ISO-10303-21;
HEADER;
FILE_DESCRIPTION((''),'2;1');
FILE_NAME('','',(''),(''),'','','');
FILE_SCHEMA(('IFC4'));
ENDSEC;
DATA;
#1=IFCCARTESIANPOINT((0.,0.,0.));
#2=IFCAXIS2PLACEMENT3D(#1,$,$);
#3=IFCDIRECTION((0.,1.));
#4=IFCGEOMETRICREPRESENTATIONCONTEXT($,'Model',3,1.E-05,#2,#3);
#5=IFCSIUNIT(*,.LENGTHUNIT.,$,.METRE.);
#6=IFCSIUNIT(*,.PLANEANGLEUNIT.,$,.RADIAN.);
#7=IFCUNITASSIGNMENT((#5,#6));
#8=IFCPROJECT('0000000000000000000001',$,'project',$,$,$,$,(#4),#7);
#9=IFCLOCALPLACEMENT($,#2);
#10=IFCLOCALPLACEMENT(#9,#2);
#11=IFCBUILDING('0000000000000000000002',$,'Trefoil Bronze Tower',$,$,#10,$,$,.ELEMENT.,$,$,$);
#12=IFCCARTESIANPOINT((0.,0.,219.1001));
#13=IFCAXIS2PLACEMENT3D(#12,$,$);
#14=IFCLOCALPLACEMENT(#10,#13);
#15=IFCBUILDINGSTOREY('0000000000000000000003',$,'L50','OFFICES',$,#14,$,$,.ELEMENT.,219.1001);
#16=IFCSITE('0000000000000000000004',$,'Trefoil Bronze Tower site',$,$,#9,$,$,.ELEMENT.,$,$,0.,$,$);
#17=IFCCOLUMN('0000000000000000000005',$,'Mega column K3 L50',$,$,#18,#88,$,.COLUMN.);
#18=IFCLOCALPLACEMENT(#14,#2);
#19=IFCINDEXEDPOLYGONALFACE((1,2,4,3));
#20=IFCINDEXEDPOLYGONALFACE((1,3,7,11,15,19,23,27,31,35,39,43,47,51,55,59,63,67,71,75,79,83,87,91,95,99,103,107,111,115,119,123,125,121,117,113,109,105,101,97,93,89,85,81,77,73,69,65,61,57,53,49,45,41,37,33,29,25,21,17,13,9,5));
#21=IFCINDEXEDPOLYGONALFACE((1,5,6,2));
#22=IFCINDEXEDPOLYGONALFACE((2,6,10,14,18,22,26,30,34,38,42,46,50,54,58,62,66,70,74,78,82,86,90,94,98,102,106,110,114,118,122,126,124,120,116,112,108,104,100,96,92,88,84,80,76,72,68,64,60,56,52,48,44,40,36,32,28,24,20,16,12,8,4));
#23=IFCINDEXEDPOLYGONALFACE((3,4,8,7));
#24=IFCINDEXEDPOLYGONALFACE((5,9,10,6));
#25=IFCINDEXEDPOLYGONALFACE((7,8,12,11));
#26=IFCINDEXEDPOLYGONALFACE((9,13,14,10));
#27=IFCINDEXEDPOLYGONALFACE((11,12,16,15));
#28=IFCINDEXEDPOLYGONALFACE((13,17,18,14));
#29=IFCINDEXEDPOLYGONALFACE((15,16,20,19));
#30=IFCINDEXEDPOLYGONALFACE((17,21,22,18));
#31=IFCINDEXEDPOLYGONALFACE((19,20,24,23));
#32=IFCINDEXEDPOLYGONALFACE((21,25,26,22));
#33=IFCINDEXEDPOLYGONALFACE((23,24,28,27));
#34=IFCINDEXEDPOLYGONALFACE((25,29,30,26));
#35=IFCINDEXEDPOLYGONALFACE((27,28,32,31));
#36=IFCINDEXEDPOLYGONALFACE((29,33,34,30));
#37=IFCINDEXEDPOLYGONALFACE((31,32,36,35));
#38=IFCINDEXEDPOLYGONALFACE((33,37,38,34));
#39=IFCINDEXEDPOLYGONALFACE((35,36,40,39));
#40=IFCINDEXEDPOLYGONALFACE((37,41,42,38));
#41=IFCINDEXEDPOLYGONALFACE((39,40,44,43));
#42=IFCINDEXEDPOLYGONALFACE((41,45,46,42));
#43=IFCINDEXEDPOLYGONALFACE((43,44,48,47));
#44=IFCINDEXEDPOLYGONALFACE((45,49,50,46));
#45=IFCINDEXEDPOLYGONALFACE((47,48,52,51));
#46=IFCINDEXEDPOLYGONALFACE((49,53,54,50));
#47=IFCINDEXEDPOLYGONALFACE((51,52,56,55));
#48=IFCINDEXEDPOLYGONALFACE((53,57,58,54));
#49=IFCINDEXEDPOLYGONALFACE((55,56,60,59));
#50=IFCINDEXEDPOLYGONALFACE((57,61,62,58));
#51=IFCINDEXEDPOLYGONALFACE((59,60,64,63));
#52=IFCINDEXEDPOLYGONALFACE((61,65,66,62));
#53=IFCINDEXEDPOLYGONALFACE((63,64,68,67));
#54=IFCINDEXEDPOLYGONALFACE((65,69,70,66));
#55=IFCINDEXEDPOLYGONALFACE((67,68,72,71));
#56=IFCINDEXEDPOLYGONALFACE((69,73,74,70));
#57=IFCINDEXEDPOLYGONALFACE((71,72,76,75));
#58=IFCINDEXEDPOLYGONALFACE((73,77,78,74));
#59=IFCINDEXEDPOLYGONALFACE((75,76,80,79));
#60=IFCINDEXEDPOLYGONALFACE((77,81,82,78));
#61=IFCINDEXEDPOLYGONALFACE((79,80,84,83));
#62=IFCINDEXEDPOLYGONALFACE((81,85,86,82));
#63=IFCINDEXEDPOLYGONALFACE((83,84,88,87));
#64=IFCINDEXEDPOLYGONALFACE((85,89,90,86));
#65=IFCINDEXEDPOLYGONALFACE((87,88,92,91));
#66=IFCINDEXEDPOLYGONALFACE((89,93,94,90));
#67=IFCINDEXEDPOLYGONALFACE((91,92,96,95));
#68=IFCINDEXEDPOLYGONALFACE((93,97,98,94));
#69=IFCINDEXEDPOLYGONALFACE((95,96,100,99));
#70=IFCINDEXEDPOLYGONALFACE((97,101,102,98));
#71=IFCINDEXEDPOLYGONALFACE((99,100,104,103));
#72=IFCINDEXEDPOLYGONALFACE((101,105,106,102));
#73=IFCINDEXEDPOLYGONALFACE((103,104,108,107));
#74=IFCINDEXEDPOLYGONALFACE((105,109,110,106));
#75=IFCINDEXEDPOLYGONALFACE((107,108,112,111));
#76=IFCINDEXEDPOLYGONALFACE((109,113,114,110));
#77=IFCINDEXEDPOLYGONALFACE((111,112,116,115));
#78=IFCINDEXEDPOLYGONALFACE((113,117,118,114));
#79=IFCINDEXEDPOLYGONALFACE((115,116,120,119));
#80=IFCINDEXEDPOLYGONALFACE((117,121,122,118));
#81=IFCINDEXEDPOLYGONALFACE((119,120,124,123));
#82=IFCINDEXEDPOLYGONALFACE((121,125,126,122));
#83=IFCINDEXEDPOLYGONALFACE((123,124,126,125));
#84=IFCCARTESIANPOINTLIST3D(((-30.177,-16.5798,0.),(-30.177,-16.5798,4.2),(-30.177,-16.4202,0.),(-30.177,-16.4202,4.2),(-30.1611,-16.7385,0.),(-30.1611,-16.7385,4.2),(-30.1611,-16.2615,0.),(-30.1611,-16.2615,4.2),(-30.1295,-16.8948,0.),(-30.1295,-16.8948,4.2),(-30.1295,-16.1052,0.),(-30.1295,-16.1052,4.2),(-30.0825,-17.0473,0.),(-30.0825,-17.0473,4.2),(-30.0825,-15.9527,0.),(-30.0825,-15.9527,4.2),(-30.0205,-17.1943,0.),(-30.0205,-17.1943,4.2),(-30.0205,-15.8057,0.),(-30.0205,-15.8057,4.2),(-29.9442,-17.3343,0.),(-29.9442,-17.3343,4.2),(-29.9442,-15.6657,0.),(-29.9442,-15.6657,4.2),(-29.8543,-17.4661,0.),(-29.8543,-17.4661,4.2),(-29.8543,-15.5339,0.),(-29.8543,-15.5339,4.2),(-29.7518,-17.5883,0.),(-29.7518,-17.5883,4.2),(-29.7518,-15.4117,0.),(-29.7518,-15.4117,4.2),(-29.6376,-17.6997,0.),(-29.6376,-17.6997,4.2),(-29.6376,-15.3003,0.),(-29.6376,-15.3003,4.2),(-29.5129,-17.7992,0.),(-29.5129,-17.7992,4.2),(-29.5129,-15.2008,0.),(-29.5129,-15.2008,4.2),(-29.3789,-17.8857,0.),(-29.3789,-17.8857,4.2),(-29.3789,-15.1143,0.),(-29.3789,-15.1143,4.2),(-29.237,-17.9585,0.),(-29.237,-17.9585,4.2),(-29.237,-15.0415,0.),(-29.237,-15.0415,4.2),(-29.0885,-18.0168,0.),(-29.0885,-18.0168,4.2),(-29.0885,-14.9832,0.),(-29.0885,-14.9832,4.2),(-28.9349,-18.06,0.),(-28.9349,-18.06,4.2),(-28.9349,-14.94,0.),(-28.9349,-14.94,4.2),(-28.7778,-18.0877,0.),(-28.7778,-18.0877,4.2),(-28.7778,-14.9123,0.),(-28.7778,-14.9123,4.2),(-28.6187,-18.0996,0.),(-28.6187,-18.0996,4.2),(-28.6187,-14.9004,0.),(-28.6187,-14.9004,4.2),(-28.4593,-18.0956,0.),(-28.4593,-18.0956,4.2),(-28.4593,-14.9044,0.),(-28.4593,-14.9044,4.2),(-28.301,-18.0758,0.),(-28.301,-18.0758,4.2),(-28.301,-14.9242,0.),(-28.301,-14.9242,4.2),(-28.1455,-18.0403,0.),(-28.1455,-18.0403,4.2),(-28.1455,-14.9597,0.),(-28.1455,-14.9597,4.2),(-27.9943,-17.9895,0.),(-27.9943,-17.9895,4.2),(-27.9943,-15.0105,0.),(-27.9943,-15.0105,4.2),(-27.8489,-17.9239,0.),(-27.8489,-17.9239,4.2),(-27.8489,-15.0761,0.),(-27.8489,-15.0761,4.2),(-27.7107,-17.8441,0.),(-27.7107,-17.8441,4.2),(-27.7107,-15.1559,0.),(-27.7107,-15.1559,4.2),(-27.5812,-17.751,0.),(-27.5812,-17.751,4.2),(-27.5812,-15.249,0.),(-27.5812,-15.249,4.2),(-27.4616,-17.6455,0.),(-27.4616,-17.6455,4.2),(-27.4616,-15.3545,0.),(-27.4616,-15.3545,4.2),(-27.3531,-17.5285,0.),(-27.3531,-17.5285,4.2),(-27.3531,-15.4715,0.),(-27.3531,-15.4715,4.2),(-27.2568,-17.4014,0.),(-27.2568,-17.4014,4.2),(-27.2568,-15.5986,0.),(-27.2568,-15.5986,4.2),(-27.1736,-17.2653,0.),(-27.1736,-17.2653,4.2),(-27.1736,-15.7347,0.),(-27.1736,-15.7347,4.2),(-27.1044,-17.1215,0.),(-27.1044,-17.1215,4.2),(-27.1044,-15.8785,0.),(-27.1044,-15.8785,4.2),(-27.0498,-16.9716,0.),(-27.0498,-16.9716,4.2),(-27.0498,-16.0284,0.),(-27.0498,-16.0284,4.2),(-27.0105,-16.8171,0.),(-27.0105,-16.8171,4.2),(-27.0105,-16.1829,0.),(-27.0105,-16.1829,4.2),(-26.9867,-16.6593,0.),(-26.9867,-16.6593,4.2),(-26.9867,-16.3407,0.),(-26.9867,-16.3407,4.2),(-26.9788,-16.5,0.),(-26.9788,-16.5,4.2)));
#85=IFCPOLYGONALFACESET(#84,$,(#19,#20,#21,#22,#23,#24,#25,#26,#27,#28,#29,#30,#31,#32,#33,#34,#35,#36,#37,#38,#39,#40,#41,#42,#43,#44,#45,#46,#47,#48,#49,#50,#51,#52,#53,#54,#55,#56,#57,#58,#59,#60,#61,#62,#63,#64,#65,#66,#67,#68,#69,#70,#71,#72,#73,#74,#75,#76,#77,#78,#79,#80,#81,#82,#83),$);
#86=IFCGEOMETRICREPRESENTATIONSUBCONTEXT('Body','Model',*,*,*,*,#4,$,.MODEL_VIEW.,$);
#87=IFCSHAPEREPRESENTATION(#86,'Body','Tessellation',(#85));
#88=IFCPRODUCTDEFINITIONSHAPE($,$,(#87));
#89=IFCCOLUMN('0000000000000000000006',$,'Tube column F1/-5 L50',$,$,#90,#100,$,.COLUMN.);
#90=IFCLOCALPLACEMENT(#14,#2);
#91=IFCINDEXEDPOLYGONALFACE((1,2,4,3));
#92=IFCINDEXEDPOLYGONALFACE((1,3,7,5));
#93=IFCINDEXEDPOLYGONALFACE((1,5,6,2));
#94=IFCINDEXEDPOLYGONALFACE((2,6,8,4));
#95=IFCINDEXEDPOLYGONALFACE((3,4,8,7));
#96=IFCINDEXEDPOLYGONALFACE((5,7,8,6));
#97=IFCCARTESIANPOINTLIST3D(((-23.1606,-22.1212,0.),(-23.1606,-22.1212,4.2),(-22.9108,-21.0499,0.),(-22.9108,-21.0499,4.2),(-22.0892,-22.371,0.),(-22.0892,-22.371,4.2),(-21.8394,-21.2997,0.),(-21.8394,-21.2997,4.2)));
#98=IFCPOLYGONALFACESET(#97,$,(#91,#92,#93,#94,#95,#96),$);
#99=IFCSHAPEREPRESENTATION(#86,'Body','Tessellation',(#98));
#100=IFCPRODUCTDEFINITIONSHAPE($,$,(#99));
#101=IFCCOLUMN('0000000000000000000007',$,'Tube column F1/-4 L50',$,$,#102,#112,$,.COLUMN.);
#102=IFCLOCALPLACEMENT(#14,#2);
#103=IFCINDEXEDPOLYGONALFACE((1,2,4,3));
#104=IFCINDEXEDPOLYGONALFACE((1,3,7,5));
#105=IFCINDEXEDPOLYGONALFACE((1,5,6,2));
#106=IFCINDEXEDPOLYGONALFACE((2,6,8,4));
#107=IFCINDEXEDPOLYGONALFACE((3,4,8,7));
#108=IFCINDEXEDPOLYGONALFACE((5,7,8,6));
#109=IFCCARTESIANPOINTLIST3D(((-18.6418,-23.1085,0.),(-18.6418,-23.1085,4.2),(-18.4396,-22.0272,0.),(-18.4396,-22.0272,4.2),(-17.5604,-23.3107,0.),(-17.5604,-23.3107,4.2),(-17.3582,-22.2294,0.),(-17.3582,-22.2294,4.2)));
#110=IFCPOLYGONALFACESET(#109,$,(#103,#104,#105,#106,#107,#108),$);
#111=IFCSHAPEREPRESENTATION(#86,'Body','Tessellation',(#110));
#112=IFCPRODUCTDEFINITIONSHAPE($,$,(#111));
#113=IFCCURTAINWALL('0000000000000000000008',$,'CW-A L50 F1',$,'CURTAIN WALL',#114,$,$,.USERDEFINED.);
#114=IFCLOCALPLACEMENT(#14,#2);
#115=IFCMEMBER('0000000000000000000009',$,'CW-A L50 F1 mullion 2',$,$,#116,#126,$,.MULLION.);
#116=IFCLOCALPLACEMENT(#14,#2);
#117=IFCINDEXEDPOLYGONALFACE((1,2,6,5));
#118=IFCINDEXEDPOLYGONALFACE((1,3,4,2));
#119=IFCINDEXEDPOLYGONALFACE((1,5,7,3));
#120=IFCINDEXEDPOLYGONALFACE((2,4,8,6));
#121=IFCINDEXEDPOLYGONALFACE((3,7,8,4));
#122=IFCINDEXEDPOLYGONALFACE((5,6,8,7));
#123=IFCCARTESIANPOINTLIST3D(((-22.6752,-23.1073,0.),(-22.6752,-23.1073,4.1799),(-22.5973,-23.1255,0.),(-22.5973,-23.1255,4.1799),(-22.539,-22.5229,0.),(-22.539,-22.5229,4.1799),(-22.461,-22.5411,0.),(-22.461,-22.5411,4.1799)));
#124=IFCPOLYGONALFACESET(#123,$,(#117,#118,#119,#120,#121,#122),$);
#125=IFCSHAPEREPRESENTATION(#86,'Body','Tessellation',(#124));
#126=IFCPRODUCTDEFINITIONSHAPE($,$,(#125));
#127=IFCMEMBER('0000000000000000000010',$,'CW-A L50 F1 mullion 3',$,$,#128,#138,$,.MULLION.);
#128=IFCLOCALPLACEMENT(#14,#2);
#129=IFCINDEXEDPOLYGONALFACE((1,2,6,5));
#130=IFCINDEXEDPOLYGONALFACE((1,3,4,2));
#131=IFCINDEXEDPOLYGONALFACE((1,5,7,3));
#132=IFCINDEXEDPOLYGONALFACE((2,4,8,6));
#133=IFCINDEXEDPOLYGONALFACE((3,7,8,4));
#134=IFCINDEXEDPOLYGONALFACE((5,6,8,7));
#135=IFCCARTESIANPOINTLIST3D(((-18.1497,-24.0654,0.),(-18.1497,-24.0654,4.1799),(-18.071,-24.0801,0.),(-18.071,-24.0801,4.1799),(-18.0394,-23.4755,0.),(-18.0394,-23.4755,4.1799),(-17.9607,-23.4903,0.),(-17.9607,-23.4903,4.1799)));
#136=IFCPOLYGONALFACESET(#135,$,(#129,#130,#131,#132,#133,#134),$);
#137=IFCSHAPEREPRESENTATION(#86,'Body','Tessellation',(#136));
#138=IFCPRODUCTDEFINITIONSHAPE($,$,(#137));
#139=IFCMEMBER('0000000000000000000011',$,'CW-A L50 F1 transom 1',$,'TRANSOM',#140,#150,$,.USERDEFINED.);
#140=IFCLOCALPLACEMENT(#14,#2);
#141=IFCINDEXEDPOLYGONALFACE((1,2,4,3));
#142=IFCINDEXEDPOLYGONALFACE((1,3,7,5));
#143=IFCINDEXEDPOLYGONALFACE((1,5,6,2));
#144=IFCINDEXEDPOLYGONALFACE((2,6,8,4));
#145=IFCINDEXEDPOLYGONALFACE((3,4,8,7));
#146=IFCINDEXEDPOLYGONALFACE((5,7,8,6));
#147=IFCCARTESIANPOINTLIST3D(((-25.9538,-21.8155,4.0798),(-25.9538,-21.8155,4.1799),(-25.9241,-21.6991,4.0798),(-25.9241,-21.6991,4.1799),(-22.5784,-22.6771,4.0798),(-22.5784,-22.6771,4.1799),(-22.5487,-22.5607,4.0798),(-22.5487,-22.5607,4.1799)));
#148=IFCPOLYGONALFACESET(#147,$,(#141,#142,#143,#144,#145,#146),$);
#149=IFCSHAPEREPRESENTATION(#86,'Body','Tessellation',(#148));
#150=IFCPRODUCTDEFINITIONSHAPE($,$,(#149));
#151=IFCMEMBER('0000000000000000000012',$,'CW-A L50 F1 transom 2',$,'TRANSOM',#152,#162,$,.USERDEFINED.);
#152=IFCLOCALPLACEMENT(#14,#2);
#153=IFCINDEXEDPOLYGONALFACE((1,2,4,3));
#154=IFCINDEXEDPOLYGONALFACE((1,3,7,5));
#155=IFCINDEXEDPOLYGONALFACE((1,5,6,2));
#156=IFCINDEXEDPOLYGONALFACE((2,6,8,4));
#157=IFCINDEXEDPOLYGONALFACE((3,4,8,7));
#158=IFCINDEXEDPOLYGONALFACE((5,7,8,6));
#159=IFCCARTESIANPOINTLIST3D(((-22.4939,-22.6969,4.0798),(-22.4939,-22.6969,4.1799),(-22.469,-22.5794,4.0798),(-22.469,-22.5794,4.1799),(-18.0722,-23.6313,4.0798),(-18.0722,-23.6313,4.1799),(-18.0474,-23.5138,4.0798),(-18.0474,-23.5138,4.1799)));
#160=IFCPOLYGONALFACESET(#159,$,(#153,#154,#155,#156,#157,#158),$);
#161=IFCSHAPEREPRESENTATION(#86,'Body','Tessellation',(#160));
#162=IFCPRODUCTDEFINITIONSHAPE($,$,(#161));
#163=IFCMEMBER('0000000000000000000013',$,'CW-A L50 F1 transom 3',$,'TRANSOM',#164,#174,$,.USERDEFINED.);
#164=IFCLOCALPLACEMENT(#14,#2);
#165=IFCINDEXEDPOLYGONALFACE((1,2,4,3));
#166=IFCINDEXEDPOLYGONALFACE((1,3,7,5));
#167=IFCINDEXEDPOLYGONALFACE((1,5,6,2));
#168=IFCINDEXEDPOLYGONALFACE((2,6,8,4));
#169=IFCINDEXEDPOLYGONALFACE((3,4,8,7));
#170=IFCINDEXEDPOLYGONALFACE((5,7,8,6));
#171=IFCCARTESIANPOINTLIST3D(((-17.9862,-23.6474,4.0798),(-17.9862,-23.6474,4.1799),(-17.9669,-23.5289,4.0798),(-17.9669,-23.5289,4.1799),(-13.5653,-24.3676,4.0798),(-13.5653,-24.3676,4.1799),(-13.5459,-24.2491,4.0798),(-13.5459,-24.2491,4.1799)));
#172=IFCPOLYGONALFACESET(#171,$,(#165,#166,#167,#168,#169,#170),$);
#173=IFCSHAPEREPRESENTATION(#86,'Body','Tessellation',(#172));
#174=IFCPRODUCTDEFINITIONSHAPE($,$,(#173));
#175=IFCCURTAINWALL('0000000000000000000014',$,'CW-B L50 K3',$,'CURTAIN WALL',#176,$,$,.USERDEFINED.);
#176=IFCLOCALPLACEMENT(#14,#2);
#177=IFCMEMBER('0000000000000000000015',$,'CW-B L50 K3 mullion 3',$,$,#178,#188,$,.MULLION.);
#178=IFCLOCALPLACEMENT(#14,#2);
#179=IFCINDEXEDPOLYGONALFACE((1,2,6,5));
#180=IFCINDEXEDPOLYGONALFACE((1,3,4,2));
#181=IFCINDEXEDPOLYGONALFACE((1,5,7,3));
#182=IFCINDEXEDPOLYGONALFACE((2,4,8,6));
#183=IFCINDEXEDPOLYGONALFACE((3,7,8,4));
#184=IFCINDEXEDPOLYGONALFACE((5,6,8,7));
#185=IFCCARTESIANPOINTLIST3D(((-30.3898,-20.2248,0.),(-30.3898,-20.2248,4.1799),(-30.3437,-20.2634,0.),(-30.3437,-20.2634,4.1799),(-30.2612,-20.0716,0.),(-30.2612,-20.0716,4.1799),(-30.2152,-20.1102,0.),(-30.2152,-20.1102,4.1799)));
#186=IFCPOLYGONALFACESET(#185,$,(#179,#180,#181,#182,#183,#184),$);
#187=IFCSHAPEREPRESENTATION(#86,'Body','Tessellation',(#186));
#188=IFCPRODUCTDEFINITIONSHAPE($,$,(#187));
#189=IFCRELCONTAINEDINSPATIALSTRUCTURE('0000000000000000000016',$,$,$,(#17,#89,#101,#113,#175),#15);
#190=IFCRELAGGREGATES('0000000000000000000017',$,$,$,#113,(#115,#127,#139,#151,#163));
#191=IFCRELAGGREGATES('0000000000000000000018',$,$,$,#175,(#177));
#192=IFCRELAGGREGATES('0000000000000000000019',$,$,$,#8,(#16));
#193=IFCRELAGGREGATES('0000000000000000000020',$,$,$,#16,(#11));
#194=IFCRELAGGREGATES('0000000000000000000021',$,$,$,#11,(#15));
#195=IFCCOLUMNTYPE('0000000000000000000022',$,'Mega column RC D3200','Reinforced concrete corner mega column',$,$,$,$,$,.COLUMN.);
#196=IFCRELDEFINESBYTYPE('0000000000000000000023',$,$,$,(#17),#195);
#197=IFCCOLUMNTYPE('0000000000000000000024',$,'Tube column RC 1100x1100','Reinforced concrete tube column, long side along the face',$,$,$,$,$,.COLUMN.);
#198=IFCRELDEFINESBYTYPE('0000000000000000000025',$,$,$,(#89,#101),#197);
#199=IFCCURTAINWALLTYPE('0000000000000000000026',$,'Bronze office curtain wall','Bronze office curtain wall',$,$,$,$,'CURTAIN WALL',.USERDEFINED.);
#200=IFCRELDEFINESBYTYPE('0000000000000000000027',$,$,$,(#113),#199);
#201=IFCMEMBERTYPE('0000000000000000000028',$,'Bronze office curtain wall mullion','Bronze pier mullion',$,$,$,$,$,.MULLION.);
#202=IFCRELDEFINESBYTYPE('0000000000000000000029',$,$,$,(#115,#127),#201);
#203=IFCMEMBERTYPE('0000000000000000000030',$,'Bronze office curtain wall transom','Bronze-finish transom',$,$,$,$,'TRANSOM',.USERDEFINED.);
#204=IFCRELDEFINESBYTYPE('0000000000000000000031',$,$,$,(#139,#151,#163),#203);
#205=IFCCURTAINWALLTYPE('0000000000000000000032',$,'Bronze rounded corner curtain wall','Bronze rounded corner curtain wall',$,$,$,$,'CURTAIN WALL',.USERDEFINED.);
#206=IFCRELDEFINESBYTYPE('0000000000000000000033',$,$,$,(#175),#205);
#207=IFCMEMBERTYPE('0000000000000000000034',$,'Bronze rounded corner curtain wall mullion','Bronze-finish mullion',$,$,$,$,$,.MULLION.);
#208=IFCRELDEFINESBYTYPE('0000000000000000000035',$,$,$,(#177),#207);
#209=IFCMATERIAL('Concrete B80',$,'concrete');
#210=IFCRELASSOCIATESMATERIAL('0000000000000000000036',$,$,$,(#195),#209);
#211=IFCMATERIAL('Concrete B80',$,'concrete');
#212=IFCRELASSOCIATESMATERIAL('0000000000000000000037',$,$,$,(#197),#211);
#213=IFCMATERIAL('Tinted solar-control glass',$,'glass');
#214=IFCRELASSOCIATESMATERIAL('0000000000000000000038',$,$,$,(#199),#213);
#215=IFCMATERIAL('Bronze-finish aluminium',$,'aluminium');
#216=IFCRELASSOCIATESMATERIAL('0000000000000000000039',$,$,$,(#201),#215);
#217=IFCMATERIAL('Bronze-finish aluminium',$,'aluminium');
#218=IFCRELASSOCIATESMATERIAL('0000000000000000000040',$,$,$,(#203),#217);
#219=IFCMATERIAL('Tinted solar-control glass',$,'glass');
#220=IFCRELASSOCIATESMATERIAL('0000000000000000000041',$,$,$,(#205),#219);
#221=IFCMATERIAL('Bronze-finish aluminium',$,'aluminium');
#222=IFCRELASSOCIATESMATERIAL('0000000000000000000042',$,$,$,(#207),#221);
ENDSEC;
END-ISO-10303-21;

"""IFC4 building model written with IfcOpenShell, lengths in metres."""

from ifc_helpers import new_model, si_unit, direction, frame, origin, origin_2d, place, context, subcontext, project, spatial, rectangle, circle, extrude, material, material_profile, profile_set, type_object, element, aggregate, save


model = new_model("IFC4")

# Units and contexts
model_context = context("Model", 3, precision=1e-05, world=origin(), true_north=direction((0.0, 1.0)))
body_context = subcontext(model_context, "Body", "Model", "MODEL_VIEW")
ifc_project = project(units=[si_unit("LENGTHUNIT", "METRE"), si_unit("PLANEANGLEUNIT", "RADIAN")], contexts=[model_context])

# Site, building, storey
site_placement = place(None, origin())
site = spatial("IfcSite", under=ifc_project, at=site_placement, Name="Trefoil Bronze Tower site", CompositionType="ELEMENT", RefElevation=0.0)
building_placement = place(site_placement, origin())
building = spatial("IfcBuilding", under=site, at=building_placement, Name="Trefoil Bronze Tower", CompositionType="ELEMENT")
storey_placement = place(building_placement, frame((0.0, 0.0, 219.1001)))
storey = spatial("IfcBuildingStorey", under=building, at=storey_placement, Name="L50", Description="OFFICES", CompositionType="ELEMENT", Elevation=219.1001)

# Columns
ifc_material_1 = material(Name="Concrete B80", Category="concrete")
ifc_material_profile_1 = material_profile(ifc_material_1, circle(Radius=1.6001, at=origin_2d()), Name="RC D3200")
ifc_profile_set_1 = profile_set([ifc_material_profile_1], Name="Concrete B80")
column_type_1 = type_object("IfcColumnType", Name="Mega column RC D3200", Description="Reinforced concrete corner mega column", PredefinedType="COLUMN", material=ifc_profile_set_1)
column_placement = place(storey_placement, frame((-28.5789, -16.5, 0.0), z_axis=(0.0, 0.0, 1.0), x_axis=(1.0, 0.0, 0.0)))
element("IfcColumn", 1, at=column_placement, inside=storey, type_object=column_type_1, Name="Mega column K3 L50", PredefinedType="COLUMN", context=body_context, shape_type="SweptSolid", body=[
    extrude(circle(Radius=1.6001, at=origin_2d()), origin(), (0.0, 0.0, 1.0), 4.2),
])
ifc_material_2 = material(Name="Concrete B80", Category="concrete")
ifc_material_profile_2 = material_profile(ifc_material_2, rectangle(XDim=1.1001, YDim=1.1001, at=origin_2d()), Name="RC 1100x1100")
ifc_profile_set_2 = profile_set([ifc_material_profile_2], Name="Concrete B80")
column_type_2 = type_object("IfcColumnType", Name="Tube column RC 1100x1100", Description="Reinforced concrete tube column, long side along the face", PredefinedType="COLUMN", material=ifc_profile_set_2)
for number, where, z_axis, x_axis, name in (
    (2, (-22.5, -21.7104, 0.0), (0.0, 0.0, 1.0), (0.973875, -0.227083, 0.0), "Tube column F1/-5 L50"),
    (3, (-18.0, -22.6689, 0.0), (0.0, 0.0, 1.0), (0.982959, -0.183825, 0.0), "Tube column F1/-4 L50"),
):
    element("IfcColumn", number, at=place(storey_placement, frame(where, z_axis=z_axis, x_axis=x_axis)), inside=storey, type_object=column_type_2, Name=name, PredefinedType="COLUMN", context=body_context, shape_type="SweptSolid", body=[
        extrude(rectangle(XDim=1.1001, YDim=1.1001, at=origin_2d()), origin(), (0.0, 0.0, 1.0), 4.2),
    ])

# Curtain walls, members
ifc_material_3 = material(Name="Tinted solar-control glass", Category="glass")
curtain_wall_type_1 = type_object("IfcCurtainWallType", Name="Bronze office curtain wall", Description="Bronze office curtain wall", ElementType="CURTAIN WALL", PredefinedType="USERDEFINED", material=ifc_material_3)
curtain_wall_1_placement = place(storey_placement, origin())
curtain_wall_1 = element("IfcCurtainWall", 4, at=curtain_wall_1_placement, inside=storey, type_object=curtain_wall_type_1, Name="CW-A L50 F1", ObjectType="CURTAIN WALL", PredefinedType="USERDEFINED")
ifc_material_4 = material(Name="Bronze-finish aluminium", Category="aluminium")
ifc_material_profile_3 = material_profile(ifc_material_4, rectangle(XDim=0.6001, YDim=0.0801, at=origin_2d()), Name="CW-A mullion")
ifc_profile_set_3 = profile_set([ifc_material_profile_3], Name="Bronze-finish aluminium")
member_type_1 = type_object("IfcMemberType", Name="Bronze office curtain wall mullion", Description="Bronze pier mullion", PredefinedType="MULLION", material=ifc_profile_set_3)
member_1_placement = place(storey_placement, frame((-22.5681, -22.8242, 0.0), z_axis=(0.0, 0.0, 1.0), x_axis=(0.227083, 0.973875, 0.0)))
member_1 = element("IfcMember", 5, at=member_1_placement, type_object=member_type_1, Name="CW-A L50 F1 mullion 2", PredefinedType="MULLION", context=body_context, shape_type="SweptSolid", body=[
    extrude(rectangle(XDim=0.6001, YDim=0.0801, at=origin_2d()), origin(), (0.0, 0.0, 1.0), 4.1799),
])
member_2_placement = place(storey_placement, frame((-18.0552, -23.7778, 0.0), z_axis=(0.0, 0.0, 1.0), x_axis=(0.183825, 0.982959, 0.0)))
member_2 = element("IfcMember", 6, at=member_2_placement, type_object=member_type_1, Name="CW-A L50 F1 mullion 3", PredefinedType="MULLION", context=body_context, shape_type="SweptSolid", body=[
    extrude(rectangle(XDim=0.6001, YDim=0.0801, at=origin_2d()), origin(), (0.0, 0.0, 1.0), 4.1799),
])
ifc_material_5 = material(Name="Bronze-finish aluminium", Category="aluminium")
ifc_material_profile_4 = material_profile(ifc_material_5, rectangle(XDim=0.1201, YDim=0.1001, at=origin_2d()), Name="CW-A transom")
ifc_profile_set_4 = profile_set([ifc_material_profile_4], Name="Bronze-finish aluminium")
member_type_2 = type_object("IfcMemberType", Name="Bronze office curtain wall transom", Description="Bronze-finish transom", ElementType="TRANSOM", PredefinedType="USERDEFINED", material=ifc_profile_set_4)
member_3_placement = place(storey_placement, frame((-25.939, -21.7573, 4.1299), z_axis=(0.968935, -0.247315, 0.0), x_axis=(0.247315, 0.968935, 0.0)))
member_3 = element("IfcMember", 7, at=member_3_placement, type_object=member_type_2, Name="CW-A L50 F1 transom 1", ObjectType="TRANSOM", PredefinedType="USERDEFINED", context=body_context, shape_type="SweptSolid", body=[
    extrude(rectangle(XDim=0.1201, YDim=0.1001, at=origin_2d()), origin(), (0.0, 0.0, 1.0), 3.4836),
])
member_4_placement = place(storey_placement, frame((-22.4814, -22.6382, 4.1299), z_axis=(0.978395, -0.206743, 0.0), x_axis=(0.206743, 0.978395, 0.0)))
member_4 = element("IfcMember", 8, at=member_4_placement, type_object=member_type_2, Name="CW-A L50 F1 transom 2", ObjectType="TRANSOM", PredefinedType="USERDEFINED", context=body_context, shape_type="SweptSolid", body=[
    extrude(rectangle(XDim=0.1201, YDim=0.1001, at=origin_2d()), origin(), (0.0, 0.0, 1.0), 4.5193),
])
member_5_placement = place(storey_placement, frame((-17.9766, -23.5881, 4.1299), z_axis=(0.986988, -0.160792, 0.0), x_axis=(0.160792, 0.986988, 0.0)))
member_5 = element("IfcMember", 9, at=member_5_placement, type_object=member_type_2, Name="CW-A L50 F1 transom 3", ObjectType="TRANSOM", PredefinedType="USERDEFINED", context=body_context, shape_type="SweptSolid", body=[
    extrude(rectangle(XDim=0.1201, YDim=0.1001, at=origin_2d()), origin(), (0.0, 0.0, 1.0), 4.4792),
])
ifc_material_6 = material(Name="Tinted solar-control glass", Category="glass")
curtain_wall_type_2 = type_object("IfcCurtainWallType", Name="Bronze rounded corner curtain wall", Description="Bronze rounded corner curtain wall", ElementType="CURTAIN WALL", PredefinedType="USERDEFINED", material=ifc_material_6)
curtain_wall_2_placement = place(storey_placement, origin())
curtain_wall_2 = element("IfcCurtainWall", 10, at=curtain_wall_2_placement, inside=storey, type_object=curtain_wall_type_2, Name="CW-B L50 K3", ObjectType="CURTAIN WALL", PredefinedType="USERDEFINED")
ifc_material_7 = material(Name="Bronze-finish aluminium", Category="aluminium")
ifc_material_profile_5 = material_profile(ifc_material_7, rectangle(XDim=0.2, YDim=0.0601, at=origin_2d()), Name="CW-B mullion")
ifc_profile_set_5 = profile_set([ifc_material_profile_5], Name="Bronze-finish aluminium")
member_type_3 = type_object("IfcMemberType", Name="Bronze rounded corner curtain wall mullion", Description="Bronze-finish mullion", PredefinedType="MULLION", material=ifc_profile_set_5)
member_6_placement = place(storey_placement, frame((-30.3025, -20.1675, 0.0), z_axis=(0.0, 0.0, 1.0), x_axis=(0.642788, 0.766044, 0.0)))
member_6 = element("IfcMember", 11, at=member_6_placement, type_object=member_type_3, Name="CW-B L50 K3 mullion 3", PredefinedType="MULLION", context=body_context, shape_type="SweptSolid", body=[
    extrude(rectangle(XDim=0.2, YDim=0.0601, at=origin_2d()), origin(), (0.0, 0.0, 1.0), 4.1799),
])

aggregate(curtain_wall_1, [member_1, member_2, member_3, member_4, member_5])
aggregate(curtain_wall_2, [member_6])

save(model, "model.ifc")
